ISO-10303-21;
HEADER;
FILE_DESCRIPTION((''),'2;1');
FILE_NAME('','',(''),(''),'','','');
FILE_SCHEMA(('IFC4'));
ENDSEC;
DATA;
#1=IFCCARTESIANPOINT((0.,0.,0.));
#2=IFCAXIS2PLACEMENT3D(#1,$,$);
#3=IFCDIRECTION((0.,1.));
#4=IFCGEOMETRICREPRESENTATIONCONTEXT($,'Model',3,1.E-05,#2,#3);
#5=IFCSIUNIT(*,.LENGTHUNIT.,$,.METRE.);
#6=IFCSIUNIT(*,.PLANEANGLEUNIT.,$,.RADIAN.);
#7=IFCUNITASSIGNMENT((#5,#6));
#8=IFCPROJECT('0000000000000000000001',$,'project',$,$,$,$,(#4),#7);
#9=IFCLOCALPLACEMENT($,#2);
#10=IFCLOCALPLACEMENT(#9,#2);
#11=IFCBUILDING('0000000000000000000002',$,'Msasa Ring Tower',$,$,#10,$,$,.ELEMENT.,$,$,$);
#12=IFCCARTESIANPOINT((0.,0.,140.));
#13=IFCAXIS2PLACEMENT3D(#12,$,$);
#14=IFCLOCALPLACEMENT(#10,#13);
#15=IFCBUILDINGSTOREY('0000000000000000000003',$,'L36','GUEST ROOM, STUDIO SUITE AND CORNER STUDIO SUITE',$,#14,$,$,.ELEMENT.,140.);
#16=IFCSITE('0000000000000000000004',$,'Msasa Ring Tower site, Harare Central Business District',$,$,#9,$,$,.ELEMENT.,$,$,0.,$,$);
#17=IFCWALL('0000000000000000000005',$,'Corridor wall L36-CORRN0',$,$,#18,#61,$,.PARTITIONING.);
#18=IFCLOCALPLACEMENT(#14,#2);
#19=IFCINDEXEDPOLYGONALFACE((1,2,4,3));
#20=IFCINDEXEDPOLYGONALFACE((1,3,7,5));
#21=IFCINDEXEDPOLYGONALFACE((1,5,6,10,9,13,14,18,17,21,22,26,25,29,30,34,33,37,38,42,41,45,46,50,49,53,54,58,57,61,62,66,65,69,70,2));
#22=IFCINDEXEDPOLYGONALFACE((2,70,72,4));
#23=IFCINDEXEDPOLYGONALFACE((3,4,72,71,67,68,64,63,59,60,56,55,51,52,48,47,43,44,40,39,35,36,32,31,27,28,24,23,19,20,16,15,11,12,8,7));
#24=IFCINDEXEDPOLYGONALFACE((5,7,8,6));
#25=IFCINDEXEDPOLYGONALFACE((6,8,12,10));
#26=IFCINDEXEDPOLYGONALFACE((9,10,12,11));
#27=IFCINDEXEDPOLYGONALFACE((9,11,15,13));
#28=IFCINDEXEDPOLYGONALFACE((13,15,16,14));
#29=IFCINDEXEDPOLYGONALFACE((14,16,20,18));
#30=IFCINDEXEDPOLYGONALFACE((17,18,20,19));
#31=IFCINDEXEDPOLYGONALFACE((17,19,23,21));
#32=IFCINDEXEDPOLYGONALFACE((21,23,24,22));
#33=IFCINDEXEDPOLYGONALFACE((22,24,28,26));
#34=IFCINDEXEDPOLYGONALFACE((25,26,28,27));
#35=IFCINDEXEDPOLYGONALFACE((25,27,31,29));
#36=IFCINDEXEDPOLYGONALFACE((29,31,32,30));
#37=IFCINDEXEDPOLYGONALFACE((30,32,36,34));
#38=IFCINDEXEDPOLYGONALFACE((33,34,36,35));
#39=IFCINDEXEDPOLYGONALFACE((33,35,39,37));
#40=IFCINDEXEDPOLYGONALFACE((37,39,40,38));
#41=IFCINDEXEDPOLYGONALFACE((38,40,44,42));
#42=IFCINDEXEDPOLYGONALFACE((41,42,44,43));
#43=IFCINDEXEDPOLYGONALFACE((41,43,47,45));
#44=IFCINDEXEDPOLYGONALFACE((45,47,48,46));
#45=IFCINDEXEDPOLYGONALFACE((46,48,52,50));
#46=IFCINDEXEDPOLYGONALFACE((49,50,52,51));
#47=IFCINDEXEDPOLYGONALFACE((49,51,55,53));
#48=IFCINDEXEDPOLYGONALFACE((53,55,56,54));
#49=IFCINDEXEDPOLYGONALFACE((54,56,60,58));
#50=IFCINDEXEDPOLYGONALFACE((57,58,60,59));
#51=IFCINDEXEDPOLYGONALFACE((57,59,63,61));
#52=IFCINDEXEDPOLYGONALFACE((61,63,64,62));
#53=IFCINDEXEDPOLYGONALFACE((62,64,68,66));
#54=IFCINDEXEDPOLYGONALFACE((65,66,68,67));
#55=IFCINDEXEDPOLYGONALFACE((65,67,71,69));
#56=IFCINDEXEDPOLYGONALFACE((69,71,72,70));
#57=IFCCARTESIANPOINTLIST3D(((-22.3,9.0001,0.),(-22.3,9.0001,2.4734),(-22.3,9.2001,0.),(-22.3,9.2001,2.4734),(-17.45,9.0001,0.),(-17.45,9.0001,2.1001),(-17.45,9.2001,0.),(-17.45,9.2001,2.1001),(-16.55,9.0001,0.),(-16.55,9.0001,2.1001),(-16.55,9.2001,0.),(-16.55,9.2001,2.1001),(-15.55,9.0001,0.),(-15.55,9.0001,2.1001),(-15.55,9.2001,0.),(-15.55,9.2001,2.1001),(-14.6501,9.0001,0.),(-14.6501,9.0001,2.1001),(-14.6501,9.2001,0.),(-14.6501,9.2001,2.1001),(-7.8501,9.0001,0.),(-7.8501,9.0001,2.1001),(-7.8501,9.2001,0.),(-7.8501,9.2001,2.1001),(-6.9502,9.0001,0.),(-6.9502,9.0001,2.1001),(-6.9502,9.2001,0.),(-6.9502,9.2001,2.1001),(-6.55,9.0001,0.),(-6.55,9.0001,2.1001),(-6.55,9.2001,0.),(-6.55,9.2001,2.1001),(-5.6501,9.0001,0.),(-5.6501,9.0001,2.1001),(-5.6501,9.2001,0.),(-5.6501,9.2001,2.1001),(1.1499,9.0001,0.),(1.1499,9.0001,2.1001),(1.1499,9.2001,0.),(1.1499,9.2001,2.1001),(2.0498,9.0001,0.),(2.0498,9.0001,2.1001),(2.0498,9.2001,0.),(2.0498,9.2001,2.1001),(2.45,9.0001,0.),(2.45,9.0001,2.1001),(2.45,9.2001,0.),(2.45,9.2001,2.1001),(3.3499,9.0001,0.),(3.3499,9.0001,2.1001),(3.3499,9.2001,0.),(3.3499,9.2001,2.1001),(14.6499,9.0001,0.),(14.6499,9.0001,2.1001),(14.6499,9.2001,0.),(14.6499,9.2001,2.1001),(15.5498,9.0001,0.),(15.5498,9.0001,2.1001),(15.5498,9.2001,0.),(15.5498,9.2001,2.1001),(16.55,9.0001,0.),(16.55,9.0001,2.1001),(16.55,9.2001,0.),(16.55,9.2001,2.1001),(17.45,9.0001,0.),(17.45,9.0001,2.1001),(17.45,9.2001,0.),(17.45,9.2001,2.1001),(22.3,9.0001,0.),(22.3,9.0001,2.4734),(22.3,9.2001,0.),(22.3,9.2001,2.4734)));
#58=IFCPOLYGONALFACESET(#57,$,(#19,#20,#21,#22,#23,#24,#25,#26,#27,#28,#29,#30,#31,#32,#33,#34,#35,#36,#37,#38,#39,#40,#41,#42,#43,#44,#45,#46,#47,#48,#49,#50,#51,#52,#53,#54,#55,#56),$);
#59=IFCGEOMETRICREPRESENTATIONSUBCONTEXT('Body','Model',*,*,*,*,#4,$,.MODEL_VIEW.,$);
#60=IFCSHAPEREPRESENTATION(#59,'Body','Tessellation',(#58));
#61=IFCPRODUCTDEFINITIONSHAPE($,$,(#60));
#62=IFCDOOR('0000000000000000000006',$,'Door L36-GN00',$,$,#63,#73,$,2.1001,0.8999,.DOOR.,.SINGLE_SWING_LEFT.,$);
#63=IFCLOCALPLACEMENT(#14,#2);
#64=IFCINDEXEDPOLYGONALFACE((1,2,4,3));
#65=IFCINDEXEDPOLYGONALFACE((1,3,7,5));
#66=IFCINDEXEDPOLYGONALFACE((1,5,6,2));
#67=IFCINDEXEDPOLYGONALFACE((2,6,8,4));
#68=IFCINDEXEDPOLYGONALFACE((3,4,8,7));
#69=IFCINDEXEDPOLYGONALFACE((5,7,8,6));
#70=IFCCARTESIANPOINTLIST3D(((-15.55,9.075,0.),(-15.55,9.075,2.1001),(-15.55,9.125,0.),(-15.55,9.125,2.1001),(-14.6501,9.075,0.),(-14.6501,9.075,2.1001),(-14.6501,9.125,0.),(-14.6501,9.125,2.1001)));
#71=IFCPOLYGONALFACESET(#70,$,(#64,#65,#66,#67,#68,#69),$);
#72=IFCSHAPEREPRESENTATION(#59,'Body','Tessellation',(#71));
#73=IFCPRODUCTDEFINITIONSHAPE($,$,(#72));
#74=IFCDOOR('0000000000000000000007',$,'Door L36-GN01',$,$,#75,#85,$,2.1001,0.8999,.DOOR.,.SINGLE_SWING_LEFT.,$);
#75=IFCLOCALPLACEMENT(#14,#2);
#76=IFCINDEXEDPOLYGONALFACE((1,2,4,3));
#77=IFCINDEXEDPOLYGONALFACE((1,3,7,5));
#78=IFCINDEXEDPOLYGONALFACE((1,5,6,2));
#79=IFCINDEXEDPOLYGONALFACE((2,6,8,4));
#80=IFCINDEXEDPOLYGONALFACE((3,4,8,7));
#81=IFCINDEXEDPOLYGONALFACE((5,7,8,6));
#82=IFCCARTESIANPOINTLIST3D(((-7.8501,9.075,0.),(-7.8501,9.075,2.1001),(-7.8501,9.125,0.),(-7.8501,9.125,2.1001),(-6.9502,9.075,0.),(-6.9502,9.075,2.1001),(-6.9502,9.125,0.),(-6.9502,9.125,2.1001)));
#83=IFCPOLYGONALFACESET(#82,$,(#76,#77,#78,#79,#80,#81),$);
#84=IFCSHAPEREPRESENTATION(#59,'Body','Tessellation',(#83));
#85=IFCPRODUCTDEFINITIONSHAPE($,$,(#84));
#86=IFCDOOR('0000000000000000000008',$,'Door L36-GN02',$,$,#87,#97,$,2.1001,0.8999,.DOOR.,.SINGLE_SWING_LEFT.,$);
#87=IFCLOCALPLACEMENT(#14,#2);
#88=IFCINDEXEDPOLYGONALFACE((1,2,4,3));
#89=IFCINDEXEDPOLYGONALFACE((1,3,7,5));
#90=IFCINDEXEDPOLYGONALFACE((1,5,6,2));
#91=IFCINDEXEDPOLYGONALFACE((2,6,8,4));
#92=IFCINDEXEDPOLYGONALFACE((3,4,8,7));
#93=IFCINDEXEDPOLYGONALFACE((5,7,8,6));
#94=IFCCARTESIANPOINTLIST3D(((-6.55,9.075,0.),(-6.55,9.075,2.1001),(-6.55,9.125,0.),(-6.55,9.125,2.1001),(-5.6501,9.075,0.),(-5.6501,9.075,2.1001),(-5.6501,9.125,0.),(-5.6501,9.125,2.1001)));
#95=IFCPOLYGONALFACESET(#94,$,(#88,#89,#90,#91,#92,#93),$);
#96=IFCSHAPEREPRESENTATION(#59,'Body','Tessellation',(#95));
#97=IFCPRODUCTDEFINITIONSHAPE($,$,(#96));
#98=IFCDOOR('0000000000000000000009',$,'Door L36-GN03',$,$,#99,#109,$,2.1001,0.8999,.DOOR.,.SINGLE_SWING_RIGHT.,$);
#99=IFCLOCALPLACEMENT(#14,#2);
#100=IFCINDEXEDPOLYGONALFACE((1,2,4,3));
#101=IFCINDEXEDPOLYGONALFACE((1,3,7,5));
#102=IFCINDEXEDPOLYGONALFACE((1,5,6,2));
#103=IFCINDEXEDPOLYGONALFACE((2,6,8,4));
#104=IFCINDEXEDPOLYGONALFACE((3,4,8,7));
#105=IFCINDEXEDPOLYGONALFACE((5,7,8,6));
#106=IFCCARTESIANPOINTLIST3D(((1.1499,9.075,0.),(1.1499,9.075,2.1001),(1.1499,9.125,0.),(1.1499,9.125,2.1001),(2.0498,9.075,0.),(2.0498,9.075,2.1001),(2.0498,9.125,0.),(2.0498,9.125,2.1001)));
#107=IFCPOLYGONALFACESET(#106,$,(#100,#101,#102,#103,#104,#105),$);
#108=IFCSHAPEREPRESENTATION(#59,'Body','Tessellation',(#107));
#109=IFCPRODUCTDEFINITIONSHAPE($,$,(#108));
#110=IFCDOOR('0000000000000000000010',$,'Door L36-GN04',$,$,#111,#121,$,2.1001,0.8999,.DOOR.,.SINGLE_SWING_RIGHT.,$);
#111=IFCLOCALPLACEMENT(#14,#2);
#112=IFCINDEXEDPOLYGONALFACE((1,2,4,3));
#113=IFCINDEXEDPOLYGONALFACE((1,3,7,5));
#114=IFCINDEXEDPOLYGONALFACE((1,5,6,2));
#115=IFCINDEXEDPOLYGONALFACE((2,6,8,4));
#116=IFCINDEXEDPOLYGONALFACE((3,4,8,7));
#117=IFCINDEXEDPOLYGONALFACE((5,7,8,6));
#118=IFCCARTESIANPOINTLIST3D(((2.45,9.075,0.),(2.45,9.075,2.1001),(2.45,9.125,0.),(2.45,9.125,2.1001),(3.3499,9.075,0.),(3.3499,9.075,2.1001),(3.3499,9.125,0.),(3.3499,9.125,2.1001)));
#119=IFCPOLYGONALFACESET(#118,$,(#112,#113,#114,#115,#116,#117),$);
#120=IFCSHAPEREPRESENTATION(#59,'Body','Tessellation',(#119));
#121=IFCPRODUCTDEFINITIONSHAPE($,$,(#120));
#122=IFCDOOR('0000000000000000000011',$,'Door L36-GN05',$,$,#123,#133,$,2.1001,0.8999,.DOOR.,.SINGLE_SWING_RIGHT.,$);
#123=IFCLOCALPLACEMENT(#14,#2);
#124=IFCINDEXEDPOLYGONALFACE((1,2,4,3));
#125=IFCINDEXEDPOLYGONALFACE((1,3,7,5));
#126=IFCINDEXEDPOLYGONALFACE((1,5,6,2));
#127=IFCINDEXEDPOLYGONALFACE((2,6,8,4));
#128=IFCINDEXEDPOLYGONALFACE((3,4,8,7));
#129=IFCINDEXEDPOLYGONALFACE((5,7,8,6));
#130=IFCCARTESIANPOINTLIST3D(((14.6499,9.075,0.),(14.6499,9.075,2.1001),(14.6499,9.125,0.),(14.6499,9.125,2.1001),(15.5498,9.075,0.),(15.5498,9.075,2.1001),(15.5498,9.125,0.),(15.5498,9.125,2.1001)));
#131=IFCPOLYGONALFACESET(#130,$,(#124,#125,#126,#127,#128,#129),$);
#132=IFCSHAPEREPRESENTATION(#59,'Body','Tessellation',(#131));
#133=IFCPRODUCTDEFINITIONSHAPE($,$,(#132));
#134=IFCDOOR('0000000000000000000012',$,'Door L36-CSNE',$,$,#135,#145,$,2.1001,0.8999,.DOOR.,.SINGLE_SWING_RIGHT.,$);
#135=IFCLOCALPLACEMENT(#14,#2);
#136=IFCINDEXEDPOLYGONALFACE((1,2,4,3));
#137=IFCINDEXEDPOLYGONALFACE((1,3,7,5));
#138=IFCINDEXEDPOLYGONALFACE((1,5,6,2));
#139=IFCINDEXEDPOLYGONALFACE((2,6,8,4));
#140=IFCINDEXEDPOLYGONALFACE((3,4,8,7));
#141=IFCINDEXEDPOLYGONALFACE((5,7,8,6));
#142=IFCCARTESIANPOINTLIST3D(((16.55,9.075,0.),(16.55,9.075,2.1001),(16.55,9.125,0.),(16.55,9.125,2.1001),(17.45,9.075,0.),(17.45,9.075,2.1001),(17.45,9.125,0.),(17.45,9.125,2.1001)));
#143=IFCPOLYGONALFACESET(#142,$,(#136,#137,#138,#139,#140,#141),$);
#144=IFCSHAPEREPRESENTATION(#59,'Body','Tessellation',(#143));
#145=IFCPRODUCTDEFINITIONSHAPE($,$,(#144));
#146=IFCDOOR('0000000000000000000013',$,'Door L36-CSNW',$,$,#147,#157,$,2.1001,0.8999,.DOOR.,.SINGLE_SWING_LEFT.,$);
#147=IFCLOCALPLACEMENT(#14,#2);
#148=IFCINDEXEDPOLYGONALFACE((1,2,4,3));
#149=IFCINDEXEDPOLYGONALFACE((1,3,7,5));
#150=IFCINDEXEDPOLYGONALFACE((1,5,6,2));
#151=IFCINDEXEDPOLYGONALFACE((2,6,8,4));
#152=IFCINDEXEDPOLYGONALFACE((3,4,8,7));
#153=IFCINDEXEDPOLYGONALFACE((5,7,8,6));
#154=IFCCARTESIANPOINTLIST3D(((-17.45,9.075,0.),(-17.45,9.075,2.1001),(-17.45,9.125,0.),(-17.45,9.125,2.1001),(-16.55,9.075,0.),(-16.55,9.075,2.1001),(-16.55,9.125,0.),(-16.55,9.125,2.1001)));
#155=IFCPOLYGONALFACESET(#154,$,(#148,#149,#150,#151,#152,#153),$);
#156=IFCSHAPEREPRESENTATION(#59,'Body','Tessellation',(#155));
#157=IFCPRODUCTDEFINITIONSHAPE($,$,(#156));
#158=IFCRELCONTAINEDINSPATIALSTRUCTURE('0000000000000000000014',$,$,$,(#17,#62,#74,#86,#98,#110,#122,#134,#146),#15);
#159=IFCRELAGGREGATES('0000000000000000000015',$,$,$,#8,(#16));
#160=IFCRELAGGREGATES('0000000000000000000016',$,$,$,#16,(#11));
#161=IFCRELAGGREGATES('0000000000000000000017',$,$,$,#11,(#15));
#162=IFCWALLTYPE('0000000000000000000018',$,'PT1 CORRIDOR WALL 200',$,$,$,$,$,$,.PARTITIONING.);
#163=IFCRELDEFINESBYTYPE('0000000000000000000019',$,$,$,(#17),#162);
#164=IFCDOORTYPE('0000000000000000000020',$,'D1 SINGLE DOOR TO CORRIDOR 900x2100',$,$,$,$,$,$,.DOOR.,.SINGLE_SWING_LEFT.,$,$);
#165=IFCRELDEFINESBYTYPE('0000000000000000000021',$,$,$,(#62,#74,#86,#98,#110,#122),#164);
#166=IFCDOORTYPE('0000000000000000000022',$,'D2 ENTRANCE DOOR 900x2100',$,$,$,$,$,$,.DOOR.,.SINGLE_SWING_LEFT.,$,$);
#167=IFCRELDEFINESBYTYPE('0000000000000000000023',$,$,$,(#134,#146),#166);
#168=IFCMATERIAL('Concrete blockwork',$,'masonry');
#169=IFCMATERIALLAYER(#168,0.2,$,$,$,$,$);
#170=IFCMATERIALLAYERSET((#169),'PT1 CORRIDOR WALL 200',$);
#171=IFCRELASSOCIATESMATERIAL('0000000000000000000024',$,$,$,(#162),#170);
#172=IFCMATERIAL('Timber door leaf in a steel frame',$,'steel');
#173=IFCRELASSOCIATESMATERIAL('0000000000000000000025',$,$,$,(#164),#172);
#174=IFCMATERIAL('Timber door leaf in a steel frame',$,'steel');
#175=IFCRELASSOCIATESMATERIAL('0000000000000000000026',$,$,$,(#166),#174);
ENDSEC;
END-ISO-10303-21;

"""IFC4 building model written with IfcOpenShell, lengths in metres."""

from ifc_helpers import new_model, si_unit, direction, frame, frame_2d, origin, place, context, subcontext, project, spatial, rectangle, extrude, material, layer, layer_set, type_object, element, fill, save


model = new_model("IFC4")

# Units and contexts
model_context = context("Model", 3, precision=1e-05, world=origin(), true_north=direction((0.0, 1.0)))
body_context = subcontext(model_context, "Body", "Model", "MODEL_VIEW")
ifc_project = project(units=[si_unit("LENGTHUNIT", "METRE"), si_unit("PLANEANGLEUNIT", "RADIAN")], contexts=[model_context])

# Site, building, storey
site_placement = place(None, origin())
site = spatial("IfcSite", under=ifc_project, at=site_placement, Name="Msasa Ring Tower site, Harare Central Business District", CompositionType="ELEMENT", RefElevation=0.0)
building_placement = place(site_placement, origin())
building = spatial("IfcBuilding", under=site, at=building_placement, Name="Msasa Ring Tower", CompositionType="ELEMENT")
storey_placement = place(building_placement, frame((0.0, 0.0, 140.0)))
storey = spatial("IfcBuildingStorey", under=building, at=storey_placement, Name="L36", Description="GUEST ROOM, STUDIO SUITE AND CORNER STUDIO SUITE", CompositionType="ELEMENT", Elevation=140.0)

# Wall, openings, doors
ifc_material_1 = material(Name="Concrete blockwork", Category="masonry")
ifc_layer_1 = layer(ifc_material_1, 0.2)
ifc_layer_set_1 = layer_set([ifc_layer_1], Name="PT1 CORRIDOR WALL 200")
wall_type_1 = type_object("IfcWallType", Name="PT1 CORRIDOR WALL 200", PredefinedType="PARTITIONING", material=ifc_layer_set_1)
wall_1_placement = place(storey_placement, frame((-22.3, 9.1001, 0.0), z_axis=(0.0, 0.0, 1.0), x_axis=(1.0, 0.0, 0.0)))
wall_1 = element("IfcWall", 1, at=wall_1_placement, inside=storey, type_object=wall_type_1, Name="Corridor wall L36-CORRN0", PredefinedType="PARTITIONING", context=body_context, shape_type="SweptSolid", body=[
    extrude(rectangle(XDim=44.6001, YDim=0.2, at=frame_2d((22.3, 0.0))), origin(), (0.0, 0.0, 1.0), 2.4734),
])
opening_1_placement = place(wall_1_placement, frame((6.75, 0.0, 0.0)))
opening_1 = element("IfcOpeningElement", 2, at=opening_1_placement, cuts=wall_1, PredefinedType="OPENING", context=body_context, shape_type="SweptSolid", body=[
    extrude(rectangle(XDim=0.8999, YDim=2.1001, at=frame_2d((0.45, 1.05))), frame((0.0, 0.1099, 0.0), z_axis=(0.0, -1.0, 0.0), x_axis=(1.0, 0.0, 0.0)), (0.0, 0.0, 1.0), 0.22),
])
opening_2_placement = place(wall_1_placement, frame((14.45, 0.0, 0.0)))
opening_2 = element("IfcOpeningElement", 3, at=opening_2_placement, cuts=wall_1, PredefinedType="OPENING", context=body_context, shape_type="SweptSolid", body=[
    extrude(rectangle(XDim=0.8999, YDim=2.1001, at=frame_2d((0.45, 1.05))), frame((0.0, 0.1099, 0.0), z_axis=(0.0, -1.0, 0.0), x_axis=(1.0, 0.0, 0.0)), (0.0, 0.0, 1.0), 0.22),
])
opening_3_placement = place(wall_1_placement, frame((15.75, 0.0, 0.0)))
opening_3 = element("IfcOpeningElement", 4, at=opening_3_placement, cuts=wall_1, PredefinedType="OPENING", context=body_context, shape_type="SweptSolid", body=[
    extrude(rectangle(XDim=0.8999, YDim=2.1001, at=frame_2d((0.45, 1.05))), frame((0.0, 0.1099, 0.0), z_axis=(0.0, -1.0, 0.0), x_axis=(1.0, 0.0, 0.0)), (0.0, 0.0, 1.0), 0.22),
])
opening_4_placement = place(wall_1_placement, frame((23.45, 0.0, 0.0)))
opening_4 = element("IfcOpeningElement", 5, at=opening_4_placement, cuts=wall_1, PredefinedType="OPENING", context=body_context, shape_type="SweptSolid", body=[
    extrude(rectangle(XDim=0.8999, YDim=2.1001, at=frame_2d((0.45, 1.05))), frame((0.0, 0.1099, 0.0), z_axis=(0.0, -1.0, 0.0), x_axis=(1.0, 0.0, 0.0)), (0.0, 0.0, 1.0), 0.22),
])
opening_5_placement = place(wall_1_placement, frame((24.75, 0.0, 0.0)))
opening_5 = element("IfcOpeningElement", 6, at=opening_5_placement, cuts=wall_1, PredefinedType="OPENING", context=body_context, shape_type="SweptSolid", body=[
    extrude(rectangle(XDim=0.8999, YDim=2.1001, at=frame_2d((0.45, 1.05))), frame((0.0, 0.1099, 0.0), z_axis=(0.0, -1.0, 0.0), x_axis=(1.0, 0.0, 0.0)), (0.0, 0.0, 1.0), 0.22),
])
opening_6_placement = place(wall_1_placement, frame((36.95, 0.0, 0.0)))
opening_6 = element("IfcOpeningElement", 7, at=opening_6_placement, cuts=wall_1, PredefinedType="OPENING", context=body_context, shape_type="SweptSolid", body=[
    extrude(rectangle(XDim=0.8999, YDim=2.1001, at=frame_2d((0.45, 1.05))), frame((0.0, 0.1099, 0.0), z_axis=(0.0, -1.0, 0.0), x_axis=(1.0, 0.0, 0.0)), (0.0, 0.0, 1.0), 0.22),
])
opening_7_placement = place(wall_1_placement, frame((38.8501, 0.0, 0.0)))
opening_7 = element("IfcOpeningElement", 8, at=opening_7_placement, cuts=wall_1, PredefinedType="OPENING", context=body_context, shape_type="SweptSolid", body=[
    extrude(rectangle(XDim=0.8999, YDim=2.1001, at=frame_2d((0.45, 1.05))), frame((0.0, 0.1099, 0.0), z_axis=(0.0, -1.0, 0.0), x_axis=(1.0, 0.0, 0.0)), (0.0, 0.0, 1.0), 0.22),
])
opening_8_placement = place(wall_1_placement, frame((4.8501, 0.0, 0.0)))
opening_8 = element("IfcOpeningElement", 9, at=opening_8_placement, cuts=wall_1, PredefinedType="OPENING", context=body_context, shape_type="SweptSolid", body=[
    extrude(rectangle(XDim=0.8999, YDim=2.1001, at=frame_2d((0.45, 1.05))), frame((0.0, 0.1099, 0.0), z_axis=(0.0, -1.0, 0.0), x_axis=(1.0, 0.0, 0.0)), (0.0, 0.0, 1.0), 0.22),
])
ifc_material_2 = material(Name="Timber door leaf in a steel frame", Category="steel")
door_type_1 = type_object("IfcDoorType", Name="D1 SINGLE DOOR TO CORRIDOR 900x2100", OperationType="SINGLE_SWING_LEFT", PredefinedType="DOOR", material=ifc_material_2)
door_1_placement = place(opening_1_placement, origin())
door_1 = element("IfcDoor", 10, at=door_1_placement, inside=storey, type_object=door_type_1, Name="Door L36-GN00", OperationType="SINGLE_SWING_LEFT", OverallHeight=2.1001, OverallWidth=0.8999, PredefinedType="DOOR", context=body_context, shape_type="SweptSolid", body=[
    extrude(rectangle(XDim=0.8999, YDim=2.1001, at=frame_2d((0.45, 1.05))), frame((0.0, 0.0249, 0.0), z_axis=(0.0, -1.0, 0.0), x_axis=(1.0, 0.0, 0.0)), (0.0, 0.0, 1.0), 0.05),
])
fill(opening_1, door_1)
door_2_placement = place(opening_2_placement, origin())
door_2 = element("IfcDoor", 11, at=door_2_placement, inside=storey, type_object=door_type_1, Name="Door L36-GN01", OperationType="SINGLE_SWING_LEFT", OverallHeight=2.1001, OverallWidth=0.8999, PredefinedType="DOOR", context=body_context, shape_type="SweptSolid", body=[
    extrude(rectangle(XDim=0.8999, YDim=2.1001, at=frame_2d((0.45, 1.05))), frame((0.0, 0.0249, 0.0), z_axis=(0.0, -1.0, 0.0), x_axis=(1.0, 0.0, 0.0)), (0.0, 0.0, 1.0), 0.05),
])
fill(opening_2, door_2)
door_3_placement = place(opening_3_placement, origin())
door_3 = element("IfcDoor", 12, at=door_3_placement, inside=storey, type_object=door_type_1, Name="Door L36-GN02", OperationType="SINGLE_SWING_LEFT", OverallHeight=2.1001, OverallWidth=0.8999, PredefinedType="DOOR", context=body_context, shape_type="SweptSolid", body=[
    extrude(rectangle(XDim=0.8999, YDim=2.1001, at=frame_2d((0.45, 1.05))), frame((0.0, 0.0249, 0.0), z_axis=(0.0, -1.0, 0.0), x_axis=(1.0, 0.0, 0.0)), (0.0, 0.0, 1.0), 0.05),
])
fill(opening_3, door_3)
door_4_placement = place(opening_4_placement, origin())
door_4 = element("IfcDoor", 13, at=door_4_placement, inside=storey, type_object=door_type_1, Name="Door L36-GN03", OperationType="SINGLE_SWING_RIGHT", OverallHeight=2.1001, OverallWidth=0.8999, PredefinedType="DOOR", context=body_context, shape_type="SweptSolid", body=[
    extrude(rectangle(XDim=0.8999, YDim=2.1001, at=frame_2d((0.45, 1.05))), frame((0.0, 0.0249, 0.0), z_axis=(0.0, -1.0, 0.0), x_axis=(1.0, 0.0, 0.0)), (0.0, 0.0, 1.0), 0.05),
])
fill(opening_4, door_4)
door_5_placement = place(opening_5_placement, origin())
door_5 = element("IfcDoor", 14, at=door_5_placement, inside=storey, type_object=door_type_1, Name="Door L36-GN04", OperationType="SINGLE_SWING_RIGHT", OverallHeight=2.1001, OverallWidth=0.8999, PredefinedType="DOOR", context=body_context, shape_type="SweptSolid", body=[
    extrude(rectangle(XDim=0.8999, YDim=2.1001, at=frame_2d((0.45, 1.05))), frame((0.0, 0.0249, 0.0), z_axis=(0.0, -1.0, 0.0), x_axis=(1.0, 0.0, 0.0)), (0.0, 0.0, 1.0), 0.05),
])
fill(opening_5, door_5)
door_6_placement = place(opening_6_placement, origin())
door_6 = element("IfcDoor", 15, at=door_6_placement, inside=storey, type_object=door_type_1, Name="Door L36-GN05", OperationType="SINGLE_SWING_RIGHT", OverallHeight=2.1001, OverallWidth=0.8999, PredefinedType="DOOR", context=body_context, shape_type="SweptSolid", body=[
    extrude(rectangle(XDim=0.8999, YDim=2.1001, at=frame_2d((0.45, 1.05))), frame((0.0, 0.0249, 0.0), z_axis=(0.0, -1.0, 0.0), x_axis=(1.0, 0.0, 0.0)), (0.0, 0.0, 1.0), 0.05),
])
fill(opening_6, door_6)
ifc_material_3 = material(Name="Timber door leaf in a steel frame", Category="steel")
door_type_2 = type_object("IfcDoorType", Name="D2 ENTRANCE DOOR 900x2100", OperationType="SINGLE_SWING_LEFT", PredefinedType="DOOR", material=ifc_material_3)
door_7_placement = place(opening_7_placement, origin())
door_7 = element("IfcDoor", 16, at=door_7_placement, inside=storey, type_object=door_type_2, Name="Door L36-CSNE", OperationType="SINGLE_SWING_RIGHT", OverallHeight=2.1001, OverallWidth=0.8999, PredefinedType="DOOR", context=body_context, shape_type="SweptSolid", body=[
    extrude(rectangle(XDim=0.8999, YDim=2.1001, at=frame_2d((0.45, 1.05))), frame((0.0, 0.0249, 0.0), z_axis=(0.0, -1.0, 0.0), x_axis=(1.0, 0.0, 0.0)), (0.0, 0.0, 1.0), 0.05),
])
fill(opening_7, door_7)
door_8_placement = place(opening_8_placement, origin())
door_8 = element("IfcDoor", 17, at=door_8_placement, inside=storey, type_object=door_type_2, Name="Door L36-CSNW", OperationType="SINGLE_SWING_LEFT", OverallHeight=2.1001, OverallWidth=0.8999, PredefinedType="DOOR", context=body_context, shape_type="SweptSolid", body=[
    extrude(rectangle(XDim=0.8999, YDim=2.1001, at=frame_2d((0.45, 1.05))), frame((0.0, 0.0249, 0.0), z_axis=(0.0, -1.0, 0.0), x_axis=(1.0, 0.0, 0.0)), (0.0, 0.0, 1.0), 0.05),
])
fill(opening_8, door_8)

save(model, "model.ifc")
